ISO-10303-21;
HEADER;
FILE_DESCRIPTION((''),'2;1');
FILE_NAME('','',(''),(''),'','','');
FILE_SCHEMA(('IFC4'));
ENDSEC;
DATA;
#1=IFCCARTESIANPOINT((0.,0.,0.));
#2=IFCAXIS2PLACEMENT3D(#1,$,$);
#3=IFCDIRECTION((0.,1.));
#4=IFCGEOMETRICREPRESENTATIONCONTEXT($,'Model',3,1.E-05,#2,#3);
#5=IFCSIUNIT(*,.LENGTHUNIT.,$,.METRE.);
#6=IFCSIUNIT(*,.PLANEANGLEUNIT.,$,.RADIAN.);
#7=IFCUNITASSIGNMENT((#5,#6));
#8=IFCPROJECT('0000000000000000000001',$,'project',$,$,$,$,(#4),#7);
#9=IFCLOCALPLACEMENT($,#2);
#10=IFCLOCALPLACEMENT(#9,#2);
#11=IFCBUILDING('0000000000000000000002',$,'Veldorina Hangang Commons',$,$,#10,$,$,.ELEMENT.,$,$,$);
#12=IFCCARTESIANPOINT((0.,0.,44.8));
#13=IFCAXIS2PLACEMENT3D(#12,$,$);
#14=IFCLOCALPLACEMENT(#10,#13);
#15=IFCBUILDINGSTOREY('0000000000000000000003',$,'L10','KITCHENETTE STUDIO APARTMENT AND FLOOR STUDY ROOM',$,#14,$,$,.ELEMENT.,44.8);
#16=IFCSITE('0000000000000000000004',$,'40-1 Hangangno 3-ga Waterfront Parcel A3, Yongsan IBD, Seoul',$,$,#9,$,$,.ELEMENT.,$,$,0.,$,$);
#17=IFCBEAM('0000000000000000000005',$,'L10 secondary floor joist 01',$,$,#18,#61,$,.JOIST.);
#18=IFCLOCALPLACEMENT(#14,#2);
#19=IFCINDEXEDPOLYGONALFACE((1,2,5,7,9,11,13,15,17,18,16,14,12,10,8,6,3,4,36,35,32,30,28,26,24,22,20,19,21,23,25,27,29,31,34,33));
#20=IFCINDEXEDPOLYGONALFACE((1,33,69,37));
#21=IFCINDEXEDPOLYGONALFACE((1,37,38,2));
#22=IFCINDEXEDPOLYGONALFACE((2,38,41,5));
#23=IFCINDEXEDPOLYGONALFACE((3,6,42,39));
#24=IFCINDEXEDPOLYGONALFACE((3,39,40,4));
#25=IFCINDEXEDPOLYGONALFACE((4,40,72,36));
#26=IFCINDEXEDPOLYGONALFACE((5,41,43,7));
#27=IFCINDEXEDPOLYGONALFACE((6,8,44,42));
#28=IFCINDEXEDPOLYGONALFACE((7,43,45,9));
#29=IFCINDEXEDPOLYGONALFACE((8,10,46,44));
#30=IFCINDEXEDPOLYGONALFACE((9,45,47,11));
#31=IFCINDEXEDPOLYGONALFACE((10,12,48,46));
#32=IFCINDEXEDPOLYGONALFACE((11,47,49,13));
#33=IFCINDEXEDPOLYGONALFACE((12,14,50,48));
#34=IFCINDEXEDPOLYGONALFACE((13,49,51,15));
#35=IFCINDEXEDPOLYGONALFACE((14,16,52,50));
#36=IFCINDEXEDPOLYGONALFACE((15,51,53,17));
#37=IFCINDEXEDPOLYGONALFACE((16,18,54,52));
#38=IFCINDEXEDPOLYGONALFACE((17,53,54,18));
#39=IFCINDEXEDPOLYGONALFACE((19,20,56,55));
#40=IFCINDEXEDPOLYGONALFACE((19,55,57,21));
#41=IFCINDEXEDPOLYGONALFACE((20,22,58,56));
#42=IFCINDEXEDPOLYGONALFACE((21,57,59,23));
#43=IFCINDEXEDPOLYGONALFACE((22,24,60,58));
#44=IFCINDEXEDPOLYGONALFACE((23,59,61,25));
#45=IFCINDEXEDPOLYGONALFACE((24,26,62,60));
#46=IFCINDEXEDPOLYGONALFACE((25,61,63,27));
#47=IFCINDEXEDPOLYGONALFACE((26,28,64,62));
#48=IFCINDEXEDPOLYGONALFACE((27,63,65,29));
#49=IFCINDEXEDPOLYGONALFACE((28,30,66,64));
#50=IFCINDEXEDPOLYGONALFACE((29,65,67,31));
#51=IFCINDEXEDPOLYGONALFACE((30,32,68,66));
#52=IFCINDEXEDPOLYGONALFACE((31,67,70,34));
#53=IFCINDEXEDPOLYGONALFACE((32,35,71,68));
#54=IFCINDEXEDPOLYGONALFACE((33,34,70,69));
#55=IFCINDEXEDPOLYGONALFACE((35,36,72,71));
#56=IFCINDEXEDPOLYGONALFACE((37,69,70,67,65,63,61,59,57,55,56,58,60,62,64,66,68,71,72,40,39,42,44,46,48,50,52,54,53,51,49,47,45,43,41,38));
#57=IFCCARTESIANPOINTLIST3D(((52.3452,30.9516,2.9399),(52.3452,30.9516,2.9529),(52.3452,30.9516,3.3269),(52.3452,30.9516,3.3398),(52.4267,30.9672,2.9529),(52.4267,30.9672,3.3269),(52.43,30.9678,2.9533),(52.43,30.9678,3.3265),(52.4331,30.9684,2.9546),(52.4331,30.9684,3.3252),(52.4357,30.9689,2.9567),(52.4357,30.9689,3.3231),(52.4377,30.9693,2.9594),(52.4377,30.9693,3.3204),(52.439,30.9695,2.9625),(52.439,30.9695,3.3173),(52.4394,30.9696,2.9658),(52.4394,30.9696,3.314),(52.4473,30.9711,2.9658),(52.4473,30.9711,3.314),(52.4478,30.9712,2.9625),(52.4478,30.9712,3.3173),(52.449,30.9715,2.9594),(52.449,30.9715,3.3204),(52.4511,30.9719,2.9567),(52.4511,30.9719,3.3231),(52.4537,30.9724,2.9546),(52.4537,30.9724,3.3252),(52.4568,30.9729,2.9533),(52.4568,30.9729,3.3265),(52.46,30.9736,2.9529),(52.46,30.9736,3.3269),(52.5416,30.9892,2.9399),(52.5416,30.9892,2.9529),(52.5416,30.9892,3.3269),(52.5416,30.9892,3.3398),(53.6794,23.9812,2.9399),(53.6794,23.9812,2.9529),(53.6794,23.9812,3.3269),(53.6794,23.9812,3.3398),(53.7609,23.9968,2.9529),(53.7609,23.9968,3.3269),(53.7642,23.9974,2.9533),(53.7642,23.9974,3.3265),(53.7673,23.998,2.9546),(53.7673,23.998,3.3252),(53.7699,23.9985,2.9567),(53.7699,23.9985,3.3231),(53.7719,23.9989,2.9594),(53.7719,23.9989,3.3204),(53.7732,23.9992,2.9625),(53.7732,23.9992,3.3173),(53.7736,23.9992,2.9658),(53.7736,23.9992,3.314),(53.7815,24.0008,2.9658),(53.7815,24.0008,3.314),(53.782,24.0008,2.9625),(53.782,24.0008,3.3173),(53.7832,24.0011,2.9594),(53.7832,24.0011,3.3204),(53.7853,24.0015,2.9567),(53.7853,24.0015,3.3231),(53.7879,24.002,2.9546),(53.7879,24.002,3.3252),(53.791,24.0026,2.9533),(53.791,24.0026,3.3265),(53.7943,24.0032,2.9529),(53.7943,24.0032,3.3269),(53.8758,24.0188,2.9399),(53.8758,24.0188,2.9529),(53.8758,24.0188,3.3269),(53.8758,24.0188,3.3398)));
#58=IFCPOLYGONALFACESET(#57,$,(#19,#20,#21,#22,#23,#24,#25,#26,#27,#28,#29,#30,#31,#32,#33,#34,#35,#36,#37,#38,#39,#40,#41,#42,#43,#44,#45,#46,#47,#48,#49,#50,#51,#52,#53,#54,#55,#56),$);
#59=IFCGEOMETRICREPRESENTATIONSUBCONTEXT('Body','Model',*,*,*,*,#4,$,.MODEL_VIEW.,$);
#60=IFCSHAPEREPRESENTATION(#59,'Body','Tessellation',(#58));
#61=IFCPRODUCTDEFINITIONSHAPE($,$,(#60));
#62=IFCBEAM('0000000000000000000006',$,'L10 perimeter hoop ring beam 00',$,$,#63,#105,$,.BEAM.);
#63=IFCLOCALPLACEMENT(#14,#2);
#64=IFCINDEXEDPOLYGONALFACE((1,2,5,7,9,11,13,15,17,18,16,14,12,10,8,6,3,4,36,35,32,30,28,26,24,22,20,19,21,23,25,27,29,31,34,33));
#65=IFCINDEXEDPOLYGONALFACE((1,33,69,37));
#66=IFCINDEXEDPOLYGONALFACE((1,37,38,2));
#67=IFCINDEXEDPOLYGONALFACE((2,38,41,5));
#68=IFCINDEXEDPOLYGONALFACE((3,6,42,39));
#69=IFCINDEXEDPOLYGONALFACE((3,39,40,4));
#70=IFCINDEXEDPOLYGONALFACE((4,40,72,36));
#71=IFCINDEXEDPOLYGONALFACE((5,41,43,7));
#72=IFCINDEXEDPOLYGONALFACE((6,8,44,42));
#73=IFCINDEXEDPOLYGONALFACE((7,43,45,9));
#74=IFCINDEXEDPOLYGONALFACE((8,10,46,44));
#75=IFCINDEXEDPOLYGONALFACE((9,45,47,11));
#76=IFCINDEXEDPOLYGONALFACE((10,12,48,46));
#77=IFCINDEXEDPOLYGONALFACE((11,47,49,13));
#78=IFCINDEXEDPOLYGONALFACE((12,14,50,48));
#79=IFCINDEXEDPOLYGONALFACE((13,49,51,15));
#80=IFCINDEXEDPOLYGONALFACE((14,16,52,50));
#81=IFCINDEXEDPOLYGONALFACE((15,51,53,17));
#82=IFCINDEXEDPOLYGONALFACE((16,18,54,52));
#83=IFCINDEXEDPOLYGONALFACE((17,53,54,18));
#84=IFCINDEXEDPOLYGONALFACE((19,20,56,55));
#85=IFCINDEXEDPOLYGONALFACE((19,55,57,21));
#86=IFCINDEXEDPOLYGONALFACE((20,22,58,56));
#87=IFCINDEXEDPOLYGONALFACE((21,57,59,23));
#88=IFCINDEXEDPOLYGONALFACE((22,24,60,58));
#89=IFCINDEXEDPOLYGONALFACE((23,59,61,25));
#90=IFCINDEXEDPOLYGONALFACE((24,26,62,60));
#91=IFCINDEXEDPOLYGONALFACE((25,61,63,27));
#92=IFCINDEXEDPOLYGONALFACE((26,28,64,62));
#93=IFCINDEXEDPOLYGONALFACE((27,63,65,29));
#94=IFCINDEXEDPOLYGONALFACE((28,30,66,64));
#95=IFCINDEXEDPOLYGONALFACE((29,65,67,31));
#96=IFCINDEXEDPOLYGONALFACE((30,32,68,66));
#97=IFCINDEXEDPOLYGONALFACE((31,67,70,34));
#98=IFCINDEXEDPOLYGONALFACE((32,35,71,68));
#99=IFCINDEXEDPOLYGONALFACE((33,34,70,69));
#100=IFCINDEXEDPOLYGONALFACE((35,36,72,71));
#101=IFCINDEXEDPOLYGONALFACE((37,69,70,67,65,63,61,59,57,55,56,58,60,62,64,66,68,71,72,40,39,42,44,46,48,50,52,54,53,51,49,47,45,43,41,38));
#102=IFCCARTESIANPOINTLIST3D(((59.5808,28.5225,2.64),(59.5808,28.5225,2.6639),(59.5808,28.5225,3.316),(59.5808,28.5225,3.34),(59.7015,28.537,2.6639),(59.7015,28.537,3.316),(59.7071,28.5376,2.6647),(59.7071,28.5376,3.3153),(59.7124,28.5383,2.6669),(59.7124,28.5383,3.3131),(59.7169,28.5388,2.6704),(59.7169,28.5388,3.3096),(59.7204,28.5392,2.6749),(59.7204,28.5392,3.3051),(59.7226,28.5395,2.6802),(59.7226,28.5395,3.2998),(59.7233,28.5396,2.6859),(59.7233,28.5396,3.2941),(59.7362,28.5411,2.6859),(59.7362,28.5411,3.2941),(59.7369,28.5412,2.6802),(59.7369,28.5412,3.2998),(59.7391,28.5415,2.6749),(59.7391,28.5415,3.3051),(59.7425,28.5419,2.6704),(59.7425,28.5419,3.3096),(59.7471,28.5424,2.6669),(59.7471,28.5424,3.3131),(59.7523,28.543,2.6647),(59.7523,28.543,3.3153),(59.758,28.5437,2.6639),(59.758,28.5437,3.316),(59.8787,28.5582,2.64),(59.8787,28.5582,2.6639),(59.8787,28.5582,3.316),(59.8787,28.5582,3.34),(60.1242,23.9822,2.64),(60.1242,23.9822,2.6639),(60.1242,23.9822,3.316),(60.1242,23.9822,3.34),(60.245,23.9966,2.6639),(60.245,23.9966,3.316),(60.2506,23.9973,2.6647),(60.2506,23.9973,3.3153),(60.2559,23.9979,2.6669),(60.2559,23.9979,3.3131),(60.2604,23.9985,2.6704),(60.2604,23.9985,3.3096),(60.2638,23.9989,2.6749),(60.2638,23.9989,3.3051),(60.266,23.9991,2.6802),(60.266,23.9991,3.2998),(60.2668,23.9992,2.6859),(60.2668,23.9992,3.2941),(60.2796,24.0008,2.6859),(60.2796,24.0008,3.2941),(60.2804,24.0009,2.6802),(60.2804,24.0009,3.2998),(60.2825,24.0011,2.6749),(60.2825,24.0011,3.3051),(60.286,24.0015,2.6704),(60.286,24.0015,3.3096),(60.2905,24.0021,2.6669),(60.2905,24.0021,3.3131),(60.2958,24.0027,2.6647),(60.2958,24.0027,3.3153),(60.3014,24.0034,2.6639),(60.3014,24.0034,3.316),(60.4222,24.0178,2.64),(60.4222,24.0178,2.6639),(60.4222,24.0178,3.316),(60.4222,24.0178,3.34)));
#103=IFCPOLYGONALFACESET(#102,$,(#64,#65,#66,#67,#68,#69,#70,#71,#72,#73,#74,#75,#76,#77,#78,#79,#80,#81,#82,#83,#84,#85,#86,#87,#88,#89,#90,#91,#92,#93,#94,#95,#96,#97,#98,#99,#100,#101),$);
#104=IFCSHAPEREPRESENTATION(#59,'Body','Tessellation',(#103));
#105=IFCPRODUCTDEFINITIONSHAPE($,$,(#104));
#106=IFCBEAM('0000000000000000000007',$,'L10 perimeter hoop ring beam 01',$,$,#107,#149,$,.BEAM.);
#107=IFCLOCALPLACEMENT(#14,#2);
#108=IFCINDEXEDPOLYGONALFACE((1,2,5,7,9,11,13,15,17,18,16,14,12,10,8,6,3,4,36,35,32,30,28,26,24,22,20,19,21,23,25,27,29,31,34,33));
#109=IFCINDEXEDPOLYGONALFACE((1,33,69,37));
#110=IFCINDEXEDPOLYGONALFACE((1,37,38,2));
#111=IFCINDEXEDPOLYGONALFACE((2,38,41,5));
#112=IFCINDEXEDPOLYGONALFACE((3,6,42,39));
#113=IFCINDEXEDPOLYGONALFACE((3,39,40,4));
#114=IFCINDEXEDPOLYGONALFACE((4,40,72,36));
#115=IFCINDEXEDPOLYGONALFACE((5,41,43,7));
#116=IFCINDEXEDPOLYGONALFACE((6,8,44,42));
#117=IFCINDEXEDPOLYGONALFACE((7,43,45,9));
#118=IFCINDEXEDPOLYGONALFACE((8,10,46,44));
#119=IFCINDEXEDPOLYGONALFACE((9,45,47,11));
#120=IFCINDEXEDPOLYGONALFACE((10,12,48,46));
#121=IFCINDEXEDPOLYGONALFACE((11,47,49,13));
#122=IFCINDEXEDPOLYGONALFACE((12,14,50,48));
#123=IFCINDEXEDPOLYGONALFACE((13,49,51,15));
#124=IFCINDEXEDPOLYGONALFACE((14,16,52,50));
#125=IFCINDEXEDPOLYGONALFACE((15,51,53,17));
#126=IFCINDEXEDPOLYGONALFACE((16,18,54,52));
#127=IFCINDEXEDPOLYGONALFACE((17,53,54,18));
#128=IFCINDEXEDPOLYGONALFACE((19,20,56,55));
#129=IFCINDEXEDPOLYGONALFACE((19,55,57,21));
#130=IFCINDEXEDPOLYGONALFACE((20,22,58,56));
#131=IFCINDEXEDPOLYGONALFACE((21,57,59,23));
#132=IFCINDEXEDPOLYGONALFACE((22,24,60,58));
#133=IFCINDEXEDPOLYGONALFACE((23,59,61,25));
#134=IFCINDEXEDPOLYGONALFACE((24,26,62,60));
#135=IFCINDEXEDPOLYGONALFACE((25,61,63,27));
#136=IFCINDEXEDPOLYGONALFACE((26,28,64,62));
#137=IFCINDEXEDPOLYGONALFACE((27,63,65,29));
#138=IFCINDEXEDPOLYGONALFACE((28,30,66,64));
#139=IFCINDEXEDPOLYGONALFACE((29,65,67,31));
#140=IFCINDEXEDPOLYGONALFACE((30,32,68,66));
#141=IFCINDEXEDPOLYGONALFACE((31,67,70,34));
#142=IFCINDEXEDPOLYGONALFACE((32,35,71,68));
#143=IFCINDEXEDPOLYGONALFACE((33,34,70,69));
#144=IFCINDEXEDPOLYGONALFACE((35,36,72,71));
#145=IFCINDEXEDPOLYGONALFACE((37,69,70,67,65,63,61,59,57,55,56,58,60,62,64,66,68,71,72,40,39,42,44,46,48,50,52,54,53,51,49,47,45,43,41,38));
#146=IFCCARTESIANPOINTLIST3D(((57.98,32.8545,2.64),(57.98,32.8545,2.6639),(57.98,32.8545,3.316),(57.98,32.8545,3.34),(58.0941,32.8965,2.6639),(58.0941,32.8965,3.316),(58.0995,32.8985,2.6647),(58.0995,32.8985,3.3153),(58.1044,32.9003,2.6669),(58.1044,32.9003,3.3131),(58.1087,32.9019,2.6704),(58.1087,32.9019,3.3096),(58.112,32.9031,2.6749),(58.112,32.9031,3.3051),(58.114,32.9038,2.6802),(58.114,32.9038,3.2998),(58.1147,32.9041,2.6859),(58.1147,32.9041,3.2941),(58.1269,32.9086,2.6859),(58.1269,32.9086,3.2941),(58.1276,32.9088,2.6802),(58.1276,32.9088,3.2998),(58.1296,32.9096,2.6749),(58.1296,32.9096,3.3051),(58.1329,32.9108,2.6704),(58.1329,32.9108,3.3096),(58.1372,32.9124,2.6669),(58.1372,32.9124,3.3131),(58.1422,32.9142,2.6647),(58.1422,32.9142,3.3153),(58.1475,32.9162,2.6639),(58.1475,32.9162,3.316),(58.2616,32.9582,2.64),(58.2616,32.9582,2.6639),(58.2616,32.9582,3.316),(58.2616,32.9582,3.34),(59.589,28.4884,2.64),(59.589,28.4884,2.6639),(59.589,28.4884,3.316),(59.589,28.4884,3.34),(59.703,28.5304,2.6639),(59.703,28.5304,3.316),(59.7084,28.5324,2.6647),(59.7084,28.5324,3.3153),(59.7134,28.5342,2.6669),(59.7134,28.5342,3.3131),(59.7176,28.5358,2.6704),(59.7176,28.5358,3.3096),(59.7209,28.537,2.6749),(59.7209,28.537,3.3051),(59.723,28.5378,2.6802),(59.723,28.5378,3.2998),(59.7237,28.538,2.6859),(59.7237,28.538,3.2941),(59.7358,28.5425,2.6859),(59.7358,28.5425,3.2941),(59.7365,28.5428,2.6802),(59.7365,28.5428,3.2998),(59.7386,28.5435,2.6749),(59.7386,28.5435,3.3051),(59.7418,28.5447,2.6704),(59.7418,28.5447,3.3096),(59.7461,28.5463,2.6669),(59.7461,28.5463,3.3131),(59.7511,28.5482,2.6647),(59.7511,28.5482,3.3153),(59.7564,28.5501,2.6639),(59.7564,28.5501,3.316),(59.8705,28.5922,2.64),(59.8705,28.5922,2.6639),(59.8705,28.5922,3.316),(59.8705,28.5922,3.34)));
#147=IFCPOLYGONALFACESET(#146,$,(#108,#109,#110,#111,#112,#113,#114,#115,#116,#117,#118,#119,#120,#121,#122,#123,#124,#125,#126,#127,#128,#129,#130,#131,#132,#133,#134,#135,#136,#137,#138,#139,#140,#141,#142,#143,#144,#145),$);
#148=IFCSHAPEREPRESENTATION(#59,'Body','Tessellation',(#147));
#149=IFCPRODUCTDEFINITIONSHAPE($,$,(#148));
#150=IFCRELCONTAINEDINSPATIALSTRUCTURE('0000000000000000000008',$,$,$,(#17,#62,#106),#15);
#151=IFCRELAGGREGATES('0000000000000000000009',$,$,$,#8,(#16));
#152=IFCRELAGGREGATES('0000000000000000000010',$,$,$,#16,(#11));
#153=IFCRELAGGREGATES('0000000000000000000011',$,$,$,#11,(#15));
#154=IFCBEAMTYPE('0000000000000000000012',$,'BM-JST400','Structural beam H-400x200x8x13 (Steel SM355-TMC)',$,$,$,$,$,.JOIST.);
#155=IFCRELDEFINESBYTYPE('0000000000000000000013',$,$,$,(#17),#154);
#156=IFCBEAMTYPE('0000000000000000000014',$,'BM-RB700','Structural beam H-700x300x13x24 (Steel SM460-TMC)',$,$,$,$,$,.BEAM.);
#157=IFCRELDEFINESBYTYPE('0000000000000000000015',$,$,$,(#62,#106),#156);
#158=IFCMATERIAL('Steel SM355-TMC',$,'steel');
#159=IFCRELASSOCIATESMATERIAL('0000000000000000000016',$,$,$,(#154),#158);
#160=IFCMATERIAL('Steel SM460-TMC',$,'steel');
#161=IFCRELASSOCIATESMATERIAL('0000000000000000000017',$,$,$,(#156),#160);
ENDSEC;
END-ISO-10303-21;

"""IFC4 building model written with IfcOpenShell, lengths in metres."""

from ifc_helpers import new_model, si_unit, direction, frame, origin, origin_2d, place, context, subcontext, project, spatial, i_section, extrude, material, material_profile, profile_set, type_object, element, save


model = new_model("IFC4")

# Units and contexts
model_context = context("Model", 3, precision=1e-05, world=origin(), true_north=direction((0.0, 1.0)))
body_context = subcontext(model_context, "Body", "Model", "MODEL_VIEW")
ifc_project = project(units=[si_unit("LENGTHUNIT", "METRE"), si_unit("PLANEANGLEUNIT", "RADIAN")], contexts=[model_context])

# Site, building, storey
site_placement = place(None, origin())
site = spatial("IfcSite", under=ifc_project, at=site_placement, Name="40-1 Hangangno 3-ga Waterfront Parcel A3, Yongsan IBD, Seoul", CompositionType="ELEMENT", RefElevation=0.0)
building_placement = place(site_placement, origin())
building = spatial("IfcBuilding", under=site, at=building_placement, Name="Veldorina Hangang Commons", CompositionType="ELEMENT")
storey_placement = place(building_placement, frame((0.0, 0.0, 44.8)))
storey = spatial("IfcBuildingStorey", under=building, at=storey_placement, Name="L10", Description="KITCHENETTE STUDIO APARTMENT AND FLOOR STUDY ROOM", CompositionType="ELEMENT", Elevation=44.8)

# Beams
ifc_material_1 = material(Name="Steel SM355-TMC", Category="steel")
ifc_material_profile_1 = material_profile(ifc_material_1, i_section(OverallWidth=0.2, OverallDepth=0.3999, WebThickness=0.0081, FlangeThickness=0.0129, FilletRadius=0.0129, at=origin_2d()), Name="H-400x200x8x13")
ifc_profile_set_1 = profile_set([ifc_material_profile_1], Name="Steel SM355-TMC")
beam_type_1 = type_object("IfcBeamType", Name="BM-JST400", Description="Structural beam H-400x200x8x13 (Steel SM355-TMC)", PredefinedType="JOIST", material=ifc_profile_set_1)
beam_1_placement = place(storey_placement, frame((53.7776, 24.0, 3.1399), z_axis=(-0.187999, 0.982169, 0.0), x_axis=(-0.982169, -0.187999, 0.0)))
element("IfcBeam", 1, at=beam_1_placement, inside=storey, type_object=beam_type_1, Name="L10 secondary floor joist 01", PredefinedType="JOIST", context=body_context, shape_type="SweptSolid", body=[
    extrude(i_section(OverallWidth=0.2, OverallDepth=0.3999, WebThickness=0.0081, FlangeThickness=0.0129, FilletRadius=0.0129, at=origin_2d()), origin(), (0.0, 0.0, 1.0), 7.0969),
])
ifc_material_2 = material(Name="Steel SM460-TMC", Category="steel")
ifc_material_profile_2 = material_profile(ifc_material_2, i_section(OverallWidth=0.3, OverallDepth=0.7, WebThickness=0.0129, FlangeThickness=0.0239, FilletRadius=0.022, at=origin_2d()), Name="H-700x300x13x24")
ifc_profile_set_2 = profile_set([ifc_material_profile_2], Name="Steel SM460-TMC")
beam_type_2 = type_object("IfcBeamType", Name="BM-RB700", Description="Structural beam H-700x300x13x24 (Steel SM460-TMC)", PredefinedType="BEAM", material=ifc_profile_set_2)
beam_2_placement = place(storey_placement, frame((60.2732, 24.0, 2.99), z_axis=(-0.118848, 0.992912, 0.0), x_axis=(-0.992912, -0.118848, 0.0)))
element("IfcBeam", 2, at=beam_2_placement, inside=storey, type_object=beam_type_2, Name="L10 perimeter hoop ring beam 00", PredefinedType="BEAM", context=body_context, shape_type="SweptSolid", body=[
    extrude(i_section(OverallWidth=0.3, OverallDepth=0.7, WebThickness=0.0129, FlangeThickness=0.0239, FilletRadius=0.022, at=origin_2d()), origin(), (0.0, 0.0, 1.0), 4.5728),
])
beam_3_placement = place(storey_placement, frame((59.7297, 28.5403, 2.99), z_axis=(-0.345776, 0.938317, 0.0), x_axis=(-0.938317, -0.345776, 0.0)))
element("IfcBeam", 3, at=beam_3_placement, inside=storey, type_object=beam_type_2, Name="L10 perimeter hoop ring beam 01", PredefinedType="BEAM", context=body_context, shape_type="SweptSolid", body=[
    extrude(i_section(OverallWidth=0.3, OverallDepth=0.7, WebThickness=0.0129, FlangeThickness=0.0239, FilletRadius=0.022, at=origin_2d()), origin(), (0.0, 0.0, 1.0), 4.6531),
])

save(model, "model.ifc")
